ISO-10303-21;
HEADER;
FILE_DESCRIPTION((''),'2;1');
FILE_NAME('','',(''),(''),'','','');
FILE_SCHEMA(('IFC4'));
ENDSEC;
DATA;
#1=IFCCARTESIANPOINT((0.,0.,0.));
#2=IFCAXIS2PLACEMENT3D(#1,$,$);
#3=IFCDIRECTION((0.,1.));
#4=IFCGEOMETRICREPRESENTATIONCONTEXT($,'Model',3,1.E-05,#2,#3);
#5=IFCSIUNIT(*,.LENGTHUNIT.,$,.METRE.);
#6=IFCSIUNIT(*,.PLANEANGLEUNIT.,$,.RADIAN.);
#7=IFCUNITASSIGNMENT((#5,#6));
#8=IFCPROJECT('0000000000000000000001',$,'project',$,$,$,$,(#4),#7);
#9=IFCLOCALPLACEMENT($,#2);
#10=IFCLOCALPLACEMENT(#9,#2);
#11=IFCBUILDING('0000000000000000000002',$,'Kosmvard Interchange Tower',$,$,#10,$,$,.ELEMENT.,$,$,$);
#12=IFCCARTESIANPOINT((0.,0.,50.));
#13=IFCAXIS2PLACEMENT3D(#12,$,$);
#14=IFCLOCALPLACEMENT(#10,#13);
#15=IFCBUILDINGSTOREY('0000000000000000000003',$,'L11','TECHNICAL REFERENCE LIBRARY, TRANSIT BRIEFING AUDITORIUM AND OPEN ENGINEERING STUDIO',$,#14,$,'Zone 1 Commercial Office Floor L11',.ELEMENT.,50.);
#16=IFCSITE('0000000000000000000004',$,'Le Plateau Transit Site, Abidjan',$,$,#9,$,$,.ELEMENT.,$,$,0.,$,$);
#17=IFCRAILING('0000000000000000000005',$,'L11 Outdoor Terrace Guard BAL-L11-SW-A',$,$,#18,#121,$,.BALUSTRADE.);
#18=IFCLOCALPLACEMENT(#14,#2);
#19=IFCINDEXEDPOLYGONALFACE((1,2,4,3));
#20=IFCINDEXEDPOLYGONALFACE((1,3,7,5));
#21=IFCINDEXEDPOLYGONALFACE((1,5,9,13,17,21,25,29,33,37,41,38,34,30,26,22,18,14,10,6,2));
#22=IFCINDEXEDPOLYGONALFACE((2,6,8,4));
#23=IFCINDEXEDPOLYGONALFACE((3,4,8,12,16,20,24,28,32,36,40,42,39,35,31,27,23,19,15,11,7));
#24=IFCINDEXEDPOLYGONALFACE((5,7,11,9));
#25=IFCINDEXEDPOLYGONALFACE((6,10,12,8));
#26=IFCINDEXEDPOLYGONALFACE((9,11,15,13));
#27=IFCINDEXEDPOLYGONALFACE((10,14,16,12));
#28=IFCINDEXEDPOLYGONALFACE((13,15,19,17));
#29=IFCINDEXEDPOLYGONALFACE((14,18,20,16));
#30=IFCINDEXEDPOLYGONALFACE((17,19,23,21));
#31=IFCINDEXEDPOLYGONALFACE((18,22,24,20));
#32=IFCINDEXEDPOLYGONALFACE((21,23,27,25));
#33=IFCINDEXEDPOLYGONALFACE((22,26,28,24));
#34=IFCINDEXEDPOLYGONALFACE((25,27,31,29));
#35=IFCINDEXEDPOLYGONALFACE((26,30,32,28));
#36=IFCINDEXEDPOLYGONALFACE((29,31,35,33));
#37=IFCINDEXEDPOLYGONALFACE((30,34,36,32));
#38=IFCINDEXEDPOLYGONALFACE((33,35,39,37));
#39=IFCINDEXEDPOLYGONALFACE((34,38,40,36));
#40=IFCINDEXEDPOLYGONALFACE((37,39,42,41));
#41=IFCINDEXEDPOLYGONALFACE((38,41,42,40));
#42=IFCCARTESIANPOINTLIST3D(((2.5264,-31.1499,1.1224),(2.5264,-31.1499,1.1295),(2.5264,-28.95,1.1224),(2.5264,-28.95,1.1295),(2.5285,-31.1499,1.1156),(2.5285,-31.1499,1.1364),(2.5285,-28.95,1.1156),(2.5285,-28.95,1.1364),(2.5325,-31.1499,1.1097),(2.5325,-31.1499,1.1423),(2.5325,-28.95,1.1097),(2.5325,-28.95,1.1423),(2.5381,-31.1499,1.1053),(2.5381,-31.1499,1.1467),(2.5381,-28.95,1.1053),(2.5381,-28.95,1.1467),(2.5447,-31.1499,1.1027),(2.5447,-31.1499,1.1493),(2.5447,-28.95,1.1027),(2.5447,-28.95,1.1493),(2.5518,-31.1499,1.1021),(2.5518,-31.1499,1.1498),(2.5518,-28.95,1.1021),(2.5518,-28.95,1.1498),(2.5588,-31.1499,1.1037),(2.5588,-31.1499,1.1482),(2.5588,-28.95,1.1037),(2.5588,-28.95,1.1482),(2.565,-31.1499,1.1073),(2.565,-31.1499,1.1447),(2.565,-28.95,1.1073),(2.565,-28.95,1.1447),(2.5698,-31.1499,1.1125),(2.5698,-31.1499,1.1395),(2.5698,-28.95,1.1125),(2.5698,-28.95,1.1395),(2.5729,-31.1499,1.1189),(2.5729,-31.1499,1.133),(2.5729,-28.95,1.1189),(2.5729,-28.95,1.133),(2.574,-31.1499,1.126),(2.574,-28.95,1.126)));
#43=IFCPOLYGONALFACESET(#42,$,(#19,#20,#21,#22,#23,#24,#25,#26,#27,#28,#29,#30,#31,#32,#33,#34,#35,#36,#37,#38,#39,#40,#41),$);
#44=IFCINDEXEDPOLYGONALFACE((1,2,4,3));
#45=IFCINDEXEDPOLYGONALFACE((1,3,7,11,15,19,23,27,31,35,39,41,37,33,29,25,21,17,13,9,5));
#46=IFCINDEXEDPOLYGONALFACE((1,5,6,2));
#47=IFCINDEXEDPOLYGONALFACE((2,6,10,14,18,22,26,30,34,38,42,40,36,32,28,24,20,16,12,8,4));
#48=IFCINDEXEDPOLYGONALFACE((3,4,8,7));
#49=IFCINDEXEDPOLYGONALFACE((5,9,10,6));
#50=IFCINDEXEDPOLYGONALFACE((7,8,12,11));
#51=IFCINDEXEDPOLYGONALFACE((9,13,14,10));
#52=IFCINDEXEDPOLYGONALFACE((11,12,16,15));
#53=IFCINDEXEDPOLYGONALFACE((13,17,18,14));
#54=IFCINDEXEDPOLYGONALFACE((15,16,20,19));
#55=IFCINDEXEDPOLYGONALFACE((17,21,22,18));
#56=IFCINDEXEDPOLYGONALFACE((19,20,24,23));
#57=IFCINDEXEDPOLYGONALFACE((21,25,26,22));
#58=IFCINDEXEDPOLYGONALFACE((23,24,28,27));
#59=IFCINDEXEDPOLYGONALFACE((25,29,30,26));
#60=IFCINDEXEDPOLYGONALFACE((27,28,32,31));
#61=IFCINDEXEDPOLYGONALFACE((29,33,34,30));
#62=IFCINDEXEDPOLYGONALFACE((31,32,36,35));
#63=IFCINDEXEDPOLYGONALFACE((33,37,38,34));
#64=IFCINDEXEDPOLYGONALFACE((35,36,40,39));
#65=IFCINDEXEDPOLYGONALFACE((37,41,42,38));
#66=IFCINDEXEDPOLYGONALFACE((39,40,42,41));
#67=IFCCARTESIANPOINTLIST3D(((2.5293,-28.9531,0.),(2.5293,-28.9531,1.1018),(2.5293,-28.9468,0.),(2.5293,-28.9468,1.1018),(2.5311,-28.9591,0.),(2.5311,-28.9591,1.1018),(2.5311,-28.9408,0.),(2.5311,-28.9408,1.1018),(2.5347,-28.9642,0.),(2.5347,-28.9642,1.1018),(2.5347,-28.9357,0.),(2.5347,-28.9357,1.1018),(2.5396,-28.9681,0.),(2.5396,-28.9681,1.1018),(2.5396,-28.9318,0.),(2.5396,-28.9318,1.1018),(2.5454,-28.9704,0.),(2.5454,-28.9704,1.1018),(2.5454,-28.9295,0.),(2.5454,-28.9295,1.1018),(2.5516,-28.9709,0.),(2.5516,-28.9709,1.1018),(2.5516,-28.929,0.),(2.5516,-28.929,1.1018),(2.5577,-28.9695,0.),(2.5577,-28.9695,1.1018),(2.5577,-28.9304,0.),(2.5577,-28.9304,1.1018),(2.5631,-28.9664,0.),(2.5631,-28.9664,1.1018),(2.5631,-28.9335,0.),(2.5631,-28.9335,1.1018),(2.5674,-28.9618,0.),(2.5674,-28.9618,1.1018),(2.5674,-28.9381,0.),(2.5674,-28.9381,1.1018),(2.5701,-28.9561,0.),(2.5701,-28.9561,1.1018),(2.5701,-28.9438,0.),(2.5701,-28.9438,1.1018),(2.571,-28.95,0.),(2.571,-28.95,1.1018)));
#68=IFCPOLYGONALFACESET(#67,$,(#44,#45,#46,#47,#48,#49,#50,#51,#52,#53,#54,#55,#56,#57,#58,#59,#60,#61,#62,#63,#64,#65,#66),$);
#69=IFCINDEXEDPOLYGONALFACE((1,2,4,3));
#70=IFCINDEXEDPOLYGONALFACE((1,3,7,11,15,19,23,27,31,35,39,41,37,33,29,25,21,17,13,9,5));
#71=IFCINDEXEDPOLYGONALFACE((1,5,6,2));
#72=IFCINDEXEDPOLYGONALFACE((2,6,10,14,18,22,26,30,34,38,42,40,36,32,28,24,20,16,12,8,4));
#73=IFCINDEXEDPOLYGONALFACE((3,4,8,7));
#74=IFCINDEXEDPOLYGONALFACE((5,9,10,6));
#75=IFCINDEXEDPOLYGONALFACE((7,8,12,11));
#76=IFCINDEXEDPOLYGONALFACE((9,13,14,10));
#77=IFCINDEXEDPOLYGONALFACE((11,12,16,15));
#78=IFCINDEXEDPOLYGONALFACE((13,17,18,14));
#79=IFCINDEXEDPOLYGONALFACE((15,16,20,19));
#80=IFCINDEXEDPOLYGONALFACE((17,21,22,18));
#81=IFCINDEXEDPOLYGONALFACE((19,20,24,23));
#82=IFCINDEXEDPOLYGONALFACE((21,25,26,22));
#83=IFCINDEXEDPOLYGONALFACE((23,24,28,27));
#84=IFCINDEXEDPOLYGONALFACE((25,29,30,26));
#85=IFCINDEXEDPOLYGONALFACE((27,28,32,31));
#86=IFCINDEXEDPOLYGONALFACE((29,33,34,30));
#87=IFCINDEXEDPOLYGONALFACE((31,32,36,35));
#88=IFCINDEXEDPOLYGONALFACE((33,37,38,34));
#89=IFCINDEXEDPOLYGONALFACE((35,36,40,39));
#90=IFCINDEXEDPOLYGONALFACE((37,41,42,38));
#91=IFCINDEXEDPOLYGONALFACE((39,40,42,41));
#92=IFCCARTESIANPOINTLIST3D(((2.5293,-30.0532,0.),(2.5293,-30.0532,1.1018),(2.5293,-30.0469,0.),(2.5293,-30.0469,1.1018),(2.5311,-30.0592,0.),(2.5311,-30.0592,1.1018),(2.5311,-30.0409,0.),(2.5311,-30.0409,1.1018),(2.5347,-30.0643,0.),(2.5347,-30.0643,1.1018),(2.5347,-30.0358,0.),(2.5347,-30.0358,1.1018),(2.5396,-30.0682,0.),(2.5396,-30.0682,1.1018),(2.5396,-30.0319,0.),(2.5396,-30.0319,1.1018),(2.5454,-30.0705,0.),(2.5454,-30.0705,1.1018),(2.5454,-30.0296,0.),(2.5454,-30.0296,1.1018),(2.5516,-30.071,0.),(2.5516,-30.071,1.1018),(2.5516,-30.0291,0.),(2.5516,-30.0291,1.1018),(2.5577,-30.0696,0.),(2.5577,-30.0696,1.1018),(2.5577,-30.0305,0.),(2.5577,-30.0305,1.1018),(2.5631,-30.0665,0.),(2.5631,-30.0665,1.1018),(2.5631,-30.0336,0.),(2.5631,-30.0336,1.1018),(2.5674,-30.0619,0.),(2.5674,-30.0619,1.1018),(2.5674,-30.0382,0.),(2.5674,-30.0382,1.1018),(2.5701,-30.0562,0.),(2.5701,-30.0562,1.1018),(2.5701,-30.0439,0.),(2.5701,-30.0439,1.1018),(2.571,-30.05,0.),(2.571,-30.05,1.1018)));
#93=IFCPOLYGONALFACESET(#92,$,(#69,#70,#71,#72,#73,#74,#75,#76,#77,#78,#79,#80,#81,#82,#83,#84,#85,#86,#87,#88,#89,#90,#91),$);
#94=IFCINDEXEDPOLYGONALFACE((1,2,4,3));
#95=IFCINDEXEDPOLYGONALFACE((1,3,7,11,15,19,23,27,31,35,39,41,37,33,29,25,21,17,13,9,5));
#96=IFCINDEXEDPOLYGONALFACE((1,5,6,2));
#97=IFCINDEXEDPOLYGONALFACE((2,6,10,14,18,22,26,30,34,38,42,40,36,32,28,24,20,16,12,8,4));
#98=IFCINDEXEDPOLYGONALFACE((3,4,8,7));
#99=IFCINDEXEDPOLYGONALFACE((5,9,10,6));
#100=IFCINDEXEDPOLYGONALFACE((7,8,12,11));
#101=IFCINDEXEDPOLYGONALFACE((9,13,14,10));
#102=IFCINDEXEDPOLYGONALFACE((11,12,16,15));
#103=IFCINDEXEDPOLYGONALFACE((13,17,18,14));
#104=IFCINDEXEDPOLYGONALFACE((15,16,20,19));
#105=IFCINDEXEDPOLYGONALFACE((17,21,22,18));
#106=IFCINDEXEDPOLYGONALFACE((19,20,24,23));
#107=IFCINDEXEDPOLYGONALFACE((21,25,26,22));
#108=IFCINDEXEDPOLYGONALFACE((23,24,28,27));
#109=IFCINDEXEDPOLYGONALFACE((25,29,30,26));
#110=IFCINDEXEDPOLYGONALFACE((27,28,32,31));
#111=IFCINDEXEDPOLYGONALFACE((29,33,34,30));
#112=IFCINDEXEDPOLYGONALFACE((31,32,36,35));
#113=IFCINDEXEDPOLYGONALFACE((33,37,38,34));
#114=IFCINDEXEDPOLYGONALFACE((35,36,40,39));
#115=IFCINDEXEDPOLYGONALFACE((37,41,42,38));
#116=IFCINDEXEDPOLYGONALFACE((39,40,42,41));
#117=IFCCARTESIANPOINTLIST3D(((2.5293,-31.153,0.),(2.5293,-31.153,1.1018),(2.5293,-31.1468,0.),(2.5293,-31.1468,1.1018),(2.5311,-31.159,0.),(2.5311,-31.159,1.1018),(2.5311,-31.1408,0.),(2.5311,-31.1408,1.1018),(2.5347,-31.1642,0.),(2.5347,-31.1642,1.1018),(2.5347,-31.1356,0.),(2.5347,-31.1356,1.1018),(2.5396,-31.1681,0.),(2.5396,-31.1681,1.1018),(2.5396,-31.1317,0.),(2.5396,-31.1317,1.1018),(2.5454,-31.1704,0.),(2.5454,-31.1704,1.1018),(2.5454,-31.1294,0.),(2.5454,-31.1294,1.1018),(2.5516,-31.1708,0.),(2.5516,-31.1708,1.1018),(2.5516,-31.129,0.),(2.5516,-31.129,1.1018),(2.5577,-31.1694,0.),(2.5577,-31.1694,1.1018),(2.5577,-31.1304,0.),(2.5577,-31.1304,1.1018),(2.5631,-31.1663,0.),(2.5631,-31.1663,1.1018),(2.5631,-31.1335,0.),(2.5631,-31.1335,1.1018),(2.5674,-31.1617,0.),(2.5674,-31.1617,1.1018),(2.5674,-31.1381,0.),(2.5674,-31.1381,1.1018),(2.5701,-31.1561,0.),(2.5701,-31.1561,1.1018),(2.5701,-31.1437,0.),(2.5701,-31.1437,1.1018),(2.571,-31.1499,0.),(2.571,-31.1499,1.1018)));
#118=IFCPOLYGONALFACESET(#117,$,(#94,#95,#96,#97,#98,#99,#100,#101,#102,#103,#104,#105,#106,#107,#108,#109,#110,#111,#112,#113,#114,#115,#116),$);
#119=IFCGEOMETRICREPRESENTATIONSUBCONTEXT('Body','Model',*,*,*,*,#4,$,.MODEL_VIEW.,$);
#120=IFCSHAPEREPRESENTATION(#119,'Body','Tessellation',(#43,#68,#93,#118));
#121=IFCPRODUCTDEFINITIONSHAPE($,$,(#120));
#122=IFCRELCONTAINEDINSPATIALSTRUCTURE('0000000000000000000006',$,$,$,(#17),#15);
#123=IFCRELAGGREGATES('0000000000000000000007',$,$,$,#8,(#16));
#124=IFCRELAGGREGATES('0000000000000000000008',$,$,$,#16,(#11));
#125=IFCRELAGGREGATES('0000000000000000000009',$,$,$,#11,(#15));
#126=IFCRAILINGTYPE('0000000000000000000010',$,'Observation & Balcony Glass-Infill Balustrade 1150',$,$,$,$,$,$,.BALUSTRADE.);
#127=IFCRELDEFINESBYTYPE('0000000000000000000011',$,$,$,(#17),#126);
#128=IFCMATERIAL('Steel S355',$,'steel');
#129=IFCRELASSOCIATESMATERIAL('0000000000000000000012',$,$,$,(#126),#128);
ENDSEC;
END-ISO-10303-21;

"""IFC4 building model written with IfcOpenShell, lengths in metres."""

from ifc_helpers import new_model, si_unit, direction, frame, origin, origin_2d, place, context, subcontext, project, spatial, circle, extrude, source, transform, mapped, material, type_object, element, save


model = new_model("IFC4")

# Units and contexts
model_context = context("Model", 3, precision=1e-05, world=origin(), true_north=direction((0.0, 1.0)))
body_context = subcontext(model_context, "Body", "Model", "MODEL_VIEW")
ifc_project = project(units=[si_unit("LENGTHUNIT", "METRE"), si_unit("PLANEANGLEUNIT", "RADIAN")], contexts=[model_context])

# Site, building, storey
site_placement = place(None, origin())
site = spatial("IfcSite", under=ifc_project, at=site_placement, Name="Le Plateau Transit Site, Abidjan", CompositionType="ELEMENT", RefElevation=0.0)
building_placement = place(site_placement, origin())
building = spatial("IfcBuilding", under=site, at=building_placement, Name="Kosmvard Interchange Tower", CompositionType="ELEMENT")
storey_placement = place(building_placement, frame((0.0, 0.0, 50.0)))
storey = spatial("IfcBuildingStorey", under=building, at=storey_placement, Name="L11", Description="TECHNICAL REFERENCE LIBRARY, TRANSIT BRIEFING AUDITORIUM AND OPEN ENGINEERING STUDIO", LongName="Zone 1 Commercial Office Floor L11", CompositionType="ELEMENT", Elevation=50.0)

# Shared definitions
ifc_material_1 = material(Name="Steel S355", Category="steel")

# Railing
railing_type = type_object("IfcRailingType", Name="Observation & Balcony Glass-Infill Balustrade 1150", PredefinedType="BALUSTRADE", material=ifc_material_1)
shared_shape_1 = source(origin(), body_context, "Body", "SweptSolid", [
    extrude(circle(Radius=0.0239, at=origin_2d()), frame((0.0, 0.0, 1.126), z_axis=(0.0, -1.0, 0.0), x_axis=(1.0, 0.0, 0.0)), (0.0, 0.0, 1.0), 2.2),
    extrude(circle(Radius=0.021, at=origin_2d()), origin(), (0.0, 0.0, 1.0), 1.1018),
    extrude(circle(Radius=0.021, at=origin_2d()), frame((0.0, -1.1001, 0.0)), (0.0, 0.0, 1.0), 1.1018),
    extrude(circle(Radius=0.021, at=origin_2d()), frame((0.0, -2.2, 0.0)), (0.0, 0.0, 1.0), 1.1018),
])
railing_1_placement = place(storey_placement, frame((2.55, -28.95, 0.0)))
element("IfcRailing", 1, at=railing_1_placement, inside=storey, type_object=railing_type, Name="L11 Outdoor Terrace Guard BAL-L11-SW-A", PredefinedType="BALUSTRADE", context=body_context, shape_type="MappedRepresentation", body=[
    mapped(shared_shape_1, transform((0.0, 0.0, 0.0), scale=1.0)),
])

save(model, "model.ifc")
